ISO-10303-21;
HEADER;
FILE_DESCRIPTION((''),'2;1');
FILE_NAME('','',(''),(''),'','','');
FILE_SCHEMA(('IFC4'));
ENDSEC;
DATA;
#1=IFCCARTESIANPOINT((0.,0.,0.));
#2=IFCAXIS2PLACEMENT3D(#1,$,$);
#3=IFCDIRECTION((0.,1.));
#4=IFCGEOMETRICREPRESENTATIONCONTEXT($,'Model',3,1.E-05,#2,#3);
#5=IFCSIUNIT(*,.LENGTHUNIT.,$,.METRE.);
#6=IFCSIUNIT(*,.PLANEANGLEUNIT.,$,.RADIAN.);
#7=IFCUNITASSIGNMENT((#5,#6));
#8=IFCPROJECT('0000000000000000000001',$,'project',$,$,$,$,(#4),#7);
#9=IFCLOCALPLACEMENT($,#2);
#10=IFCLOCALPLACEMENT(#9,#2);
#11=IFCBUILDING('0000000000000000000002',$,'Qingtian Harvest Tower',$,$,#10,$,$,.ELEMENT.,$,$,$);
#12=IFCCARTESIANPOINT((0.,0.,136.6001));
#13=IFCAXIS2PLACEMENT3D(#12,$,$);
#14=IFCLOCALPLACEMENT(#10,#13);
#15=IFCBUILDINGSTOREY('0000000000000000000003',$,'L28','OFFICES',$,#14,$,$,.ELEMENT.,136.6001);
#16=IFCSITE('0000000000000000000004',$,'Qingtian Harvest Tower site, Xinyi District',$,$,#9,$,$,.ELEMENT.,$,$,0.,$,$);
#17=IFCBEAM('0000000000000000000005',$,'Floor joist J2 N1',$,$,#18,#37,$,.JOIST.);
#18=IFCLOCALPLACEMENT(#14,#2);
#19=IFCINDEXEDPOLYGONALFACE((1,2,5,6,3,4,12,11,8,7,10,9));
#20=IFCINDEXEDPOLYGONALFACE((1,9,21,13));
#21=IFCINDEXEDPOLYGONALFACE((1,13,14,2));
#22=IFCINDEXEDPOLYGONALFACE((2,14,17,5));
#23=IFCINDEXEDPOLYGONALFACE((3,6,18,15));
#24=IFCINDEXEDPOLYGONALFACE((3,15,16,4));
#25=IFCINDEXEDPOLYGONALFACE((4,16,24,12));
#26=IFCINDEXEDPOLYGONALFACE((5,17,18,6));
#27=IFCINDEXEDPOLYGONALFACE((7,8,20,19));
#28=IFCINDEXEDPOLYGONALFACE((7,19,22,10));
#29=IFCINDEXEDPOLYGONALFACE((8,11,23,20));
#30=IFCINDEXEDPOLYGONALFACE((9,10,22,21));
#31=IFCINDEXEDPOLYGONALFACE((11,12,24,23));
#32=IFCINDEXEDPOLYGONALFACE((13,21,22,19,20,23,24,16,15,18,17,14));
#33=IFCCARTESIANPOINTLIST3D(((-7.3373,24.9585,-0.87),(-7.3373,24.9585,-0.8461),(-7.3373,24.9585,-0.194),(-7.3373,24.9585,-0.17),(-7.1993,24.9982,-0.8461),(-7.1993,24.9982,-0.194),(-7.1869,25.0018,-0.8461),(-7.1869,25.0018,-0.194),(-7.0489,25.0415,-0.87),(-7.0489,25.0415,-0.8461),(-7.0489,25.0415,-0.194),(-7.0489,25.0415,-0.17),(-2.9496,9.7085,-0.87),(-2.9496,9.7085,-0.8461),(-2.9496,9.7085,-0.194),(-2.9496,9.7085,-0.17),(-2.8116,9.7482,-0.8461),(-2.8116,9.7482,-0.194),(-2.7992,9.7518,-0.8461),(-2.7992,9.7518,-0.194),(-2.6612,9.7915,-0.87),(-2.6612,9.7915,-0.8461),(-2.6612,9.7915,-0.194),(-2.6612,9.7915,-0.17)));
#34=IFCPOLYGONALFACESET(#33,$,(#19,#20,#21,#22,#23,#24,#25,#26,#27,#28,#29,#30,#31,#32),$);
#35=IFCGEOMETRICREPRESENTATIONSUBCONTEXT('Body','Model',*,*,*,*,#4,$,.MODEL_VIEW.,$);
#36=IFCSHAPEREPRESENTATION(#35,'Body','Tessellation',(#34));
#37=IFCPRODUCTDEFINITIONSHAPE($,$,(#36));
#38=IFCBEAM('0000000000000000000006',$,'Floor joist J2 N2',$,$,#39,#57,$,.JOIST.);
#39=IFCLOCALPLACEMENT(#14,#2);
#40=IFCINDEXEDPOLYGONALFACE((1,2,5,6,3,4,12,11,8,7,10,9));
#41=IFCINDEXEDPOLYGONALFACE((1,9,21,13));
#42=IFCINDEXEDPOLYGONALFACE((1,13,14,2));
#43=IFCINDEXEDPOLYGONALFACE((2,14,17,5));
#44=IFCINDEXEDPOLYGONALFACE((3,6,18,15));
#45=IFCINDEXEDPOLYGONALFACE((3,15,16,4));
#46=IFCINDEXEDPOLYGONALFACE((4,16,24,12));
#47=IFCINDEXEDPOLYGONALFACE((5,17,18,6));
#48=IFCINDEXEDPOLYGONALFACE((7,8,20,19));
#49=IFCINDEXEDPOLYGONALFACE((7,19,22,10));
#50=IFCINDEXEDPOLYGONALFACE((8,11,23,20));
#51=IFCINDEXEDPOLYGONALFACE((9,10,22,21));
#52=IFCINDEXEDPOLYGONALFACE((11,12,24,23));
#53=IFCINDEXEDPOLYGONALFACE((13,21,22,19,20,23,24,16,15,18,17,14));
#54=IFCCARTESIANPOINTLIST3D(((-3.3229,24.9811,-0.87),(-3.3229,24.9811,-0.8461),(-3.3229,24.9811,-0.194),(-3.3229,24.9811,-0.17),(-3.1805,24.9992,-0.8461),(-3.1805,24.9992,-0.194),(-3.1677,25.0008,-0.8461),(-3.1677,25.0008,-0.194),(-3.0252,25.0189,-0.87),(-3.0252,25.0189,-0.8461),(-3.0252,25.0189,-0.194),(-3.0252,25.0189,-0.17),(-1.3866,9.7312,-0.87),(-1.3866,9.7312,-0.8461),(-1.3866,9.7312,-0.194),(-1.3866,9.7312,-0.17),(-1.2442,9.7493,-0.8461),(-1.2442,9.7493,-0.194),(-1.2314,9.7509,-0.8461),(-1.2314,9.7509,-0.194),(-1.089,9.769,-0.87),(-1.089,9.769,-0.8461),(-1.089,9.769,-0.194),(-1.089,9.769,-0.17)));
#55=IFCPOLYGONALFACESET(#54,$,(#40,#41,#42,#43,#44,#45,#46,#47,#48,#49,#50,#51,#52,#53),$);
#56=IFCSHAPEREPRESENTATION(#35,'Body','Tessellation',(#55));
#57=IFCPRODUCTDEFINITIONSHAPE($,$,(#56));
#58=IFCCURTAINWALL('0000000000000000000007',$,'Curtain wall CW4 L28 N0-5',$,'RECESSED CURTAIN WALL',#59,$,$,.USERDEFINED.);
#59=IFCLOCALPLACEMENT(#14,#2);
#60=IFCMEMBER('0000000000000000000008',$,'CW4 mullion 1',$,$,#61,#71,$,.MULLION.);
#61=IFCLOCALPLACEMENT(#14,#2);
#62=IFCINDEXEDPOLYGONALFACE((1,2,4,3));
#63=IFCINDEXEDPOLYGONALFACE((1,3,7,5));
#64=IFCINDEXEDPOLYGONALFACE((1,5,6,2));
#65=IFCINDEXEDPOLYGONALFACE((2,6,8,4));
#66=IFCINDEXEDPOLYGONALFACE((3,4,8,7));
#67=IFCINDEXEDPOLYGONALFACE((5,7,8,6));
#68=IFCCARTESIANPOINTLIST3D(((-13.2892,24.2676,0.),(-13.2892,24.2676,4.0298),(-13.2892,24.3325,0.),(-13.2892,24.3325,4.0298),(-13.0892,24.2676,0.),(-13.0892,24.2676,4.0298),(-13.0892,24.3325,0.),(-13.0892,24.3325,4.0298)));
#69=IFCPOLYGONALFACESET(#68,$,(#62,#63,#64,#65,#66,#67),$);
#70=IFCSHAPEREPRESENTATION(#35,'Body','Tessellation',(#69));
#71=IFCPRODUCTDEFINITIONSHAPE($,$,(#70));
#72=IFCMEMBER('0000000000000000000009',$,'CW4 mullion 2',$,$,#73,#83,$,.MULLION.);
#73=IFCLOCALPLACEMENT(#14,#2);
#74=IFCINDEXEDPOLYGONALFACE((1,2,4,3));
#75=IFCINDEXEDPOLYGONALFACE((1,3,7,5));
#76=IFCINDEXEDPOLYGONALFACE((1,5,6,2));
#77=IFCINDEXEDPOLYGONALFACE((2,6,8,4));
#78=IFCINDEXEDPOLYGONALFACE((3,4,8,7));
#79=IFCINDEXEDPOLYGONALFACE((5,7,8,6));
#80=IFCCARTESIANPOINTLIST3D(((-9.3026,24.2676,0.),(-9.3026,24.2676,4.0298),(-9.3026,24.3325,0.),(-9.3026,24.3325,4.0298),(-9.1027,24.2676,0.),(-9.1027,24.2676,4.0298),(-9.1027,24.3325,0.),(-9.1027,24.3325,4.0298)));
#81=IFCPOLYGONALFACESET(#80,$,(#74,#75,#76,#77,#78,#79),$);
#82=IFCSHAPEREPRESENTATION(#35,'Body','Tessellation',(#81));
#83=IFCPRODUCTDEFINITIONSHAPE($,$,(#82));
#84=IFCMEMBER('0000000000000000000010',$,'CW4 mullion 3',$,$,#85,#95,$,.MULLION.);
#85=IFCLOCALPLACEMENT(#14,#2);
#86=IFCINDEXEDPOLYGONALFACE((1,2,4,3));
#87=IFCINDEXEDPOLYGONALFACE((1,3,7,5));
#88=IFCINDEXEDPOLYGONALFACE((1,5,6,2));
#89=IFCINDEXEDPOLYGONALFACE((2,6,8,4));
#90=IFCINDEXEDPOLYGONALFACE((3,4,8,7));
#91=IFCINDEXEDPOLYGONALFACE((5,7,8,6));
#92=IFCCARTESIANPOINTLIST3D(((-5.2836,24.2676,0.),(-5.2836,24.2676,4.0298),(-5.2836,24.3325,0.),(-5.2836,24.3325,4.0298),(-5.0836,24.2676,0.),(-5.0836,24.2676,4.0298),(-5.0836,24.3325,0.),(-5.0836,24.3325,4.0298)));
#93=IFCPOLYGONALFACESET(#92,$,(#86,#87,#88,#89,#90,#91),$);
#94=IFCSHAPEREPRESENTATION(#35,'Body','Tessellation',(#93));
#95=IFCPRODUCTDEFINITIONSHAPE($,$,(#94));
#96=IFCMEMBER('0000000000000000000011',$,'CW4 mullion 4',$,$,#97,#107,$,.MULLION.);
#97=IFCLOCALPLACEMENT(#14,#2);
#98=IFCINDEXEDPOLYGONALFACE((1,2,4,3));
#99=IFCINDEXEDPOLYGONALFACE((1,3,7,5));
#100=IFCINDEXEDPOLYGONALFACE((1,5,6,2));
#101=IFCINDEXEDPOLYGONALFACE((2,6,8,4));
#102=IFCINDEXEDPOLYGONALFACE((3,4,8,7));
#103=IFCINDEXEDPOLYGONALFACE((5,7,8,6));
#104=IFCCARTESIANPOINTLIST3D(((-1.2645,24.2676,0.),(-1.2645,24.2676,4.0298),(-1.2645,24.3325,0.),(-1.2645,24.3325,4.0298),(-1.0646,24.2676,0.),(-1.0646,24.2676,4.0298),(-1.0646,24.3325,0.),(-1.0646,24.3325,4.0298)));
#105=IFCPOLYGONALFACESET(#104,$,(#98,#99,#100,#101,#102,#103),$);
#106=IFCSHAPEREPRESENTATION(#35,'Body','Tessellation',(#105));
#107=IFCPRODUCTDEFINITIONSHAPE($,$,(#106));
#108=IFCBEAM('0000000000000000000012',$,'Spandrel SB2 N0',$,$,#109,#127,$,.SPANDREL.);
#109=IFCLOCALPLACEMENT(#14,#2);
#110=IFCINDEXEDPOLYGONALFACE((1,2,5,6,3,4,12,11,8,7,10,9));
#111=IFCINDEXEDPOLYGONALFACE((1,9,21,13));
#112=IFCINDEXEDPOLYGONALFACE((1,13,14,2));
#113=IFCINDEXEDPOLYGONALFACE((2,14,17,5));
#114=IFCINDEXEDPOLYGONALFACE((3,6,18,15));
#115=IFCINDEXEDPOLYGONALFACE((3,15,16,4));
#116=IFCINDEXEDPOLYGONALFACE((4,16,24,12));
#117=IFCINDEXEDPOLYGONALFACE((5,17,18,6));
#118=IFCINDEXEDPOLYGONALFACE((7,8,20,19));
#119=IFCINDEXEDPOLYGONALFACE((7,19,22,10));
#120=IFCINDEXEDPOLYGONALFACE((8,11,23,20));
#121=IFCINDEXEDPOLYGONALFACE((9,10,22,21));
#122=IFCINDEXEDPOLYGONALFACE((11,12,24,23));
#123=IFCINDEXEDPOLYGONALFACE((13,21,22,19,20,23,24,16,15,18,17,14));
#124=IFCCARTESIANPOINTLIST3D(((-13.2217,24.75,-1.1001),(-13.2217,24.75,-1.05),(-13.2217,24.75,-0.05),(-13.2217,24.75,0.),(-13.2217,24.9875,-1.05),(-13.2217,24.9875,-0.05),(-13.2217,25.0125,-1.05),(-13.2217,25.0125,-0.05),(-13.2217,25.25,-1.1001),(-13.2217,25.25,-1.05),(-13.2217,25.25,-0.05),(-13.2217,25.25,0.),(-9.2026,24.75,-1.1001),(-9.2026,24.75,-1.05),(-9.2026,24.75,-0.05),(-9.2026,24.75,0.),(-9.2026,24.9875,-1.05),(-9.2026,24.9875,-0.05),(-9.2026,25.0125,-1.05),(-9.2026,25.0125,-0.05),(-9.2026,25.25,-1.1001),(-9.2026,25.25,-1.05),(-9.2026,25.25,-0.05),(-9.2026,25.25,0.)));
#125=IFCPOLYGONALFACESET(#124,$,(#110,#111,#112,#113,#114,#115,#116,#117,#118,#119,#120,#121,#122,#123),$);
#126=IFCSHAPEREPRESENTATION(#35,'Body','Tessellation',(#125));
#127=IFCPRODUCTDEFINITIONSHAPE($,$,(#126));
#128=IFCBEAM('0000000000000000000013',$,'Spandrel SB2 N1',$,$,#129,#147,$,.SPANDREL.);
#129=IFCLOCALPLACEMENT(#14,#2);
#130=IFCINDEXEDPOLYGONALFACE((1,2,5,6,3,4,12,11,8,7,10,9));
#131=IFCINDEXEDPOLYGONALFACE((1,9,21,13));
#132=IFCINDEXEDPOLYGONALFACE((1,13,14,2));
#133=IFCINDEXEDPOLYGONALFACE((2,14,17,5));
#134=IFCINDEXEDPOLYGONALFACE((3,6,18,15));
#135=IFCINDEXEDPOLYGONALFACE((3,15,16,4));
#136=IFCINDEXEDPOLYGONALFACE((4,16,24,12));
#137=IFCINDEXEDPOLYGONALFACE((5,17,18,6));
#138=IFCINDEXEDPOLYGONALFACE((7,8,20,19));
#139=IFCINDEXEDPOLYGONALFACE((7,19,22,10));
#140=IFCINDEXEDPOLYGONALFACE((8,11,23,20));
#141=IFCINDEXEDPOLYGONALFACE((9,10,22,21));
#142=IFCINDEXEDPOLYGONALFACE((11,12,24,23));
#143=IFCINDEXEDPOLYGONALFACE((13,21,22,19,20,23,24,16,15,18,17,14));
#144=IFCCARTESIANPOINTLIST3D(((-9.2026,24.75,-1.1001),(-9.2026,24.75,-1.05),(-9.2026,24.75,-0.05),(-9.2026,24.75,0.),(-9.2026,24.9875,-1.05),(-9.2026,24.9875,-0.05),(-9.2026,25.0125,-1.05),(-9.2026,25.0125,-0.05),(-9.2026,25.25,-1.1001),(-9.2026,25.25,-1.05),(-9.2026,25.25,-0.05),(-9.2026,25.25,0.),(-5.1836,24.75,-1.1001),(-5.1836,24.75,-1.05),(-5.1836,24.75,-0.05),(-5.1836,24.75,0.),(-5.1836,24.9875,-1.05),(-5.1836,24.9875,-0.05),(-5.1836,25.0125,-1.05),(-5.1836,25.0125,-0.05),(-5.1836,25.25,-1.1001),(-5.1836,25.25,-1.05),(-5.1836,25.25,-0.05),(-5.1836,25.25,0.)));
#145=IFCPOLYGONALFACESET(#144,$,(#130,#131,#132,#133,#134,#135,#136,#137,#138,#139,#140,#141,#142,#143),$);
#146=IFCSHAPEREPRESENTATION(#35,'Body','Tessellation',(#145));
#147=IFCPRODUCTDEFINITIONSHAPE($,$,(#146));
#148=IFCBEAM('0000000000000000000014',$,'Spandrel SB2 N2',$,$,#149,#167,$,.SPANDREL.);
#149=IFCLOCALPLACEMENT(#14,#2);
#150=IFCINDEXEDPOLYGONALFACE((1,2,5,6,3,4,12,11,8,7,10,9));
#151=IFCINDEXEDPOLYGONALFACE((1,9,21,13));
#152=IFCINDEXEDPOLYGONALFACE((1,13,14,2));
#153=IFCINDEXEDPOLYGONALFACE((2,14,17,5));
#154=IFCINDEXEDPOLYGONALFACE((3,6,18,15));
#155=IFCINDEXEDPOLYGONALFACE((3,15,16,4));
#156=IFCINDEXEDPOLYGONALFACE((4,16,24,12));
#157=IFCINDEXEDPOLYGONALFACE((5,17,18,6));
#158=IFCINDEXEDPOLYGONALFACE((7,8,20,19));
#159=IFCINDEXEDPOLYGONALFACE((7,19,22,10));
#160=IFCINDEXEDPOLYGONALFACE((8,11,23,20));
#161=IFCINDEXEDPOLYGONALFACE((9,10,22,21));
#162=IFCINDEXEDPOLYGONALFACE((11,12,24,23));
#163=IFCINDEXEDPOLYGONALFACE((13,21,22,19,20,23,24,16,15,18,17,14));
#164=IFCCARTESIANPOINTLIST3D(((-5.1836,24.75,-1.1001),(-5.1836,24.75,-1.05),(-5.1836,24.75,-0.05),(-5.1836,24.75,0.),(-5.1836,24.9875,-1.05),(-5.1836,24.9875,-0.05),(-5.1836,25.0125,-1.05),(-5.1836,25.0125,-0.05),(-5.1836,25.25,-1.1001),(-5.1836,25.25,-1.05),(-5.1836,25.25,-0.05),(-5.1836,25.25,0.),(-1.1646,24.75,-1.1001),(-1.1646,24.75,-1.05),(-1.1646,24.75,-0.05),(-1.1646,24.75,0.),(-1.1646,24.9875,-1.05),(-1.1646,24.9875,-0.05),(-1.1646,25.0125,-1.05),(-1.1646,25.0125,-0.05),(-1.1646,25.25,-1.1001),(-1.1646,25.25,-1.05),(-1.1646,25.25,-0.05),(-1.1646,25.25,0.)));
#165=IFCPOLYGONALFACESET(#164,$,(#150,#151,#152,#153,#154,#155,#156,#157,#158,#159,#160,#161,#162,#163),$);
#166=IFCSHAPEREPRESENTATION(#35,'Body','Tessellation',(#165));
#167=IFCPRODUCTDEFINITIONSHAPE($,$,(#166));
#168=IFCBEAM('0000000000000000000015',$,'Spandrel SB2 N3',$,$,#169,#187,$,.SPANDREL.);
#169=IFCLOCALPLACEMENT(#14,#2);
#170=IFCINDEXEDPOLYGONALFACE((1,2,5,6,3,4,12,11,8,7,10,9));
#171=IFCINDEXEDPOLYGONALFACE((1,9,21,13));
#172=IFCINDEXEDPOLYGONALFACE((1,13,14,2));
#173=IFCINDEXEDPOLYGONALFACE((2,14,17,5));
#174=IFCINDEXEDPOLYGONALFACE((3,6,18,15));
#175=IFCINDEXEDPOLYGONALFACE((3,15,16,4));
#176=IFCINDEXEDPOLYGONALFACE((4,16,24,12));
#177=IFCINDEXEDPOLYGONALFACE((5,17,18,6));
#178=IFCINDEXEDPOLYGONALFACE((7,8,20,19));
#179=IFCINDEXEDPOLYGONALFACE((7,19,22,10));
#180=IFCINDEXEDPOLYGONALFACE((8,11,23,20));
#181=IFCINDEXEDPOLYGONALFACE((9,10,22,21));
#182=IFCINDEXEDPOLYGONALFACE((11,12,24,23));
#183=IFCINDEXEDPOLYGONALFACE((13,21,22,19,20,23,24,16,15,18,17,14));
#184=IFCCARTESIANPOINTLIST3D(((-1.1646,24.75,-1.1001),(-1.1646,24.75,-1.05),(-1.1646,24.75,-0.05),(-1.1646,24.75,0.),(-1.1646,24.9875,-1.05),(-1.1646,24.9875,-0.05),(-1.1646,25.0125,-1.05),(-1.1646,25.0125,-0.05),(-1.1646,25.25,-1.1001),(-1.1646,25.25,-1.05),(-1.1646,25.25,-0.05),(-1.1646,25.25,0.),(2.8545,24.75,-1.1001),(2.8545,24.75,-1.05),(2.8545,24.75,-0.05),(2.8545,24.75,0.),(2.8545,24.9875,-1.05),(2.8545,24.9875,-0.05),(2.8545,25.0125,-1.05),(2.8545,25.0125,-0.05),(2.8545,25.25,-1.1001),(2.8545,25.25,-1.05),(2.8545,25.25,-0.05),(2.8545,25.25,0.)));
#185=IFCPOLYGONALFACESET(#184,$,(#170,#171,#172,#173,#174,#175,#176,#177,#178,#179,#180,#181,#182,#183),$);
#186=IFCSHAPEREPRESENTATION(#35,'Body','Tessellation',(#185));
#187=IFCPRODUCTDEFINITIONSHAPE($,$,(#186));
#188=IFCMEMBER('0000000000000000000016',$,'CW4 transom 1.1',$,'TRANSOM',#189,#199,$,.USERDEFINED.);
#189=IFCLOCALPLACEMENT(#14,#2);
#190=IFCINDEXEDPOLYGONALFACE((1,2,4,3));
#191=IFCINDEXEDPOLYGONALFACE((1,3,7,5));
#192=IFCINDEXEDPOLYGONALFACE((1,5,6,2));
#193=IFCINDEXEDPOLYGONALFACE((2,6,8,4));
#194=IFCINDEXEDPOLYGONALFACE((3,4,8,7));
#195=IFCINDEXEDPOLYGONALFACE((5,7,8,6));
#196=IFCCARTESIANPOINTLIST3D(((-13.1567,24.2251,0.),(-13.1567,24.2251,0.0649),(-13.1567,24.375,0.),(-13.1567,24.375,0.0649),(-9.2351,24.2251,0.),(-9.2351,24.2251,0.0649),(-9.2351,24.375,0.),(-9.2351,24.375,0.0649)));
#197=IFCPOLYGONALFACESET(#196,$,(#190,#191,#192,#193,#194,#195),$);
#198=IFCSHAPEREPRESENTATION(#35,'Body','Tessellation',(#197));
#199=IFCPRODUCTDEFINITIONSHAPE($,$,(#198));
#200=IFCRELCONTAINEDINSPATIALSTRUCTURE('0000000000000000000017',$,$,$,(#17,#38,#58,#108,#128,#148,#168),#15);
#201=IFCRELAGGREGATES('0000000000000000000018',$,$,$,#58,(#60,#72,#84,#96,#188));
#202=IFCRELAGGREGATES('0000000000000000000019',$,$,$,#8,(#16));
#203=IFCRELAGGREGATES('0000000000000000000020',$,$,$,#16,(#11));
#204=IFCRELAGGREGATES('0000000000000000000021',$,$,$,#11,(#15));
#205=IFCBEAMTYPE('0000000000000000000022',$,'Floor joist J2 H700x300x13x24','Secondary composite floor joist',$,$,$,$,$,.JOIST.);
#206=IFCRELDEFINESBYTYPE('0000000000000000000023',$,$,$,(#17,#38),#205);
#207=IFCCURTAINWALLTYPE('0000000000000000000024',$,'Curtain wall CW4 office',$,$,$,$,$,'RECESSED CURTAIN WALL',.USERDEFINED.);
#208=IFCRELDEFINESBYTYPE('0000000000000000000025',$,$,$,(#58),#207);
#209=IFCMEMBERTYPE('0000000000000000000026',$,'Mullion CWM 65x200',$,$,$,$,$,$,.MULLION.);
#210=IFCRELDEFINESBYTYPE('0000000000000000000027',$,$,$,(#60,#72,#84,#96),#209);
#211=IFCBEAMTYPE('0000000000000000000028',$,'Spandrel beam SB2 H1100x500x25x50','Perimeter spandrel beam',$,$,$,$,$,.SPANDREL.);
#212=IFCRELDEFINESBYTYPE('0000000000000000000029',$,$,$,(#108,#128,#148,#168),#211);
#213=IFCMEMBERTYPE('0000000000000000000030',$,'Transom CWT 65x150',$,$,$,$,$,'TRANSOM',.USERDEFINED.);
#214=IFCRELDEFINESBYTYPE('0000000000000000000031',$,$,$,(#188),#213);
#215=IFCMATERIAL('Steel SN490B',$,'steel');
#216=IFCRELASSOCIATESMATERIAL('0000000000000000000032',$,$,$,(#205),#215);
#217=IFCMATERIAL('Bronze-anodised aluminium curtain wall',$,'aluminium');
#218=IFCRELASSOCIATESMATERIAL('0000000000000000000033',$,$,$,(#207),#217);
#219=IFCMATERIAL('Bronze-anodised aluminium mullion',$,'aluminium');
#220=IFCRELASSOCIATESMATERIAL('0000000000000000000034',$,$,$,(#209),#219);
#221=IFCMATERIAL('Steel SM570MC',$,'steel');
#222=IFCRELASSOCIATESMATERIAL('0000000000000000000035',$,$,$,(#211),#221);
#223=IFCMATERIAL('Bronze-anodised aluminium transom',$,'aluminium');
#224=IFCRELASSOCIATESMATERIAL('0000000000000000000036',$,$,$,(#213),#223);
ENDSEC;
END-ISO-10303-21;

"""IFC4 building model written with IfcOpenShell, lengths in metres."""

from ifc_helpers import new_model, si_unit, direction, frame, origin, origin_2d, place, context, subcontext, project, spatial, rectangle, i_section, extrude, material, material_profile, profile_set, type_object, element, aggregate, save


model = new_model("IFC4")

# Units and contexts
model_context = context("Model", 3, precision=1e-05, world=origin(), true_north=direction((0.0, 1.0)))
body_context = subcontext(model_context, "Body", "Model", "MODEL_VIEW")
ifc_project = project(units=[si_unit("LENGTHUNIT", "METRE"), si_unit("PLANEANGLEUNIT", "RADIAN")], contexts=[model_context])

# Site, building, storey
site_placement = place(None, origin())
site = spatial("IfcSite", under=ifc_project, at=site_placement, Name="Qingtian Harvest Tower site, Xinyi District", CompositionType="ELEMENT", RefElevation=0.0)
building_placement = place(site_placement, origin())
building = spatial("IfcBuilding", under=site, at=building_placement, Name="Qingtian Harvest Tower", CompositionType="ELEMENT")
storey_placement = place(building_placement, frame((0.0, 0.0, 136.6001)))
storey = spatial("IfcBuildingStorey", under=building, at=storey_placement, Name="L28", Description="OFFICES", CompositionType="ELEMENT", Elevation=136.6001)

# Beams
ifc_material_1 = material(Name="Steel SN490B", Category="steel")
ifc_material_profile_1 = material_profile(ifc_material_1, i_section(OverallWidth=0.3, OverallDepth=0.7, WebThickness=0.0129, FlangeThickness=0.0239, at=origin_2d()), Name="H700x300x13x24")
ifc_profile_set_1 = profile_set([ifc_material_profile_1], Name="Steel SN490B")
beam_type_1 = type_object("IfcBeamType", Name="Floor joist J2 H700x300x13x24", Description="Secondary composite floor joist", PredefinedType="JOIST", material=ifc_profile_set_1)
beam_1_placement = place(storey_placement, frame((-7.1931, 25.0, -0.52), z_axis=(0.276501, -0.961014, 0.0), x_axis=(0.961014, 0.276501, 0.0)))
element("IfcBeam", 1, at=beam_1_placement, inside=storey, type_object=beam_type_1, Name="Floor joist J2 N1", PredefinedType="JOIST", context=body_context, shape_type="SweptSolid", body=[
    extrude(i_section(OverallWidth=0.3, OverallDepth=0.7, WebThickness=0.0129, FlangeThickness=0.0239, at=origin_2d()), origin(), (0.0, 0.0, 1.0), 15.8687),
])
beam_2_placement = place(storey_placement, frame((-3.1741, 25.0, -0.52), z_axis=(0.125958, -0.992036, 0.0), x_axis=(0.992036, 0.125958, 0.0)))
element("IfcBeam", 2, at=beam_2_placement, inside=storey, type_object=beam_type_1, Name="Floor joist J2 N2", PredefinedType="JOIST", context=body_context, shape_type="SweptSolid", body=[
    extrude(i_section(OverallWidth=0.3, OverallDepth=0.7, WebThickness=0.0129, FlangeThickness=0.0239, at=origin_2d()), origin(), (0.0, 0.0, 1.0), 15.3723),
])

# Curtain wall, members
ifc_material_2 = material(Name="Bronze-anodised aluminium curtain wall", Category="aluminium")
curtain_wall_type = type_object("IfcCurtainWallType", Name="Curtain wall CW4 office", ElementType="RECESSED CURTAIN WALL", PredefinedType="USERDEFINED", material=ifc_material_2)
curtain_wall_placement = place(storey_placement, origin())
curtain_wall = element("IfcCurtainWall", 3, at=curtain_wall_placement, inside=storey, type_object=curtain_wall_type, Name="Curtain wall CW4 L28 N0-5", ObjectType="RECESSED CURTAIN WALL", PredefinedType="USERDEFINED")
ifc_material_3 = material(Name="Bronze-anodised aluminium mullion", Category="aluminium")
ifc_material_profile_2 = material_profile(ifc_material_3, rectangle(XDim=0.0649, YDim=0.2, at=origin_2d()), Name="AL 65x200")
ifc_profile_set_2 = profile_set([ifc_material_profile_2], Name="Bronze-anodised aluminium mullion")
member_type_1 = type_object("IfcMemberType", Name="Mullion CWM 65x200", PredefinedType="MULLION", material=ifc_profile_set_2)
member_1_placement = place(storey_placement, frame((-13.1892, 24.3, 0.0), z_axis=(0.0, 0.0, 1.0), x_axis=(0.0, 1.0, 0.0)))
member_1 = element("IfcMember", 4, at=member_1_placement, type_object=member_type_1, Name="CW4 mullion 1", PredefinedType="MULLION", context=body_context, shape_type="SweptSolid", body=[
    extrude(rectangle(XDim=0.0649, YDim=0.2, at=origin_2d()), origin(), (0.0, 0.0, 1.0), 4.0298),
])
member_2_placement = place(storey_placement, frame((-9.2026, 24.3, 0.0), z_axis=(0.0, 0.0, 1.0), x_axis=(0.0, 1.0, 0.0)))
member_2 = element("IfcMember", 5, at=member_2_placement, type_object=member_type_1, Name="CW4 mullion 2", PredefinedType="MULLION", context=body_context, shape_type="SweptSolid", body=[
    extrude(rectangle(XDim=0.0649, YDim=0.2, at=origin_2d()), origin(), (0.0, 0.0, 1.0), 4.0298),
])
member_3_placement = place(storey_placement, frame((-5.1836, 24.3, 0.0), z_axis=(0.0, 0.0, 1.0), x_axis=(0.0, 1.0, 0.0)))
member_3 = element("IfcMember", 6, at=member_3_placement, type_object=member_type_1, Name="CW4 mullion 3", PredefinedType="MULLION", context=body_context, shape_type="SweptSolid", body=[
    extrude(rectangle(XDim=0.0649, YDim=0.2, at=origin_2d()), origin(), (0.0, 0.0, 1.0), 4.0298),
])
member_4_placement = place(storey_placement, frame((-1.1646, 24.3, 0.0), z_axis=(0.0, 0.0, 1.0), x_axis=(0.0, 1.0, 0.0)))
member_4 = element("IfcMember", 7, at=member_4_placement, type_object=member_type_1, Name="CW4 mullion 4", PredefinedType="MULLION", context=body_context, shape_type="SweptSolid", body=[
    extrude(rectangle(XDim=0.0649, YDim=0.2, at=origin_2d()), origin(), (0.0, 0.0, 1.0), 4.0298),
])

# Beams
ifc_material_4 = material(Name="Steel SM570MC", Category="steel")
ifc_material_profile_3 = material_profile(ifc_material_4, i_section(OverallWidth=0.5, OverallDepth=1.1001, WebThickness=0.0249, FlangeThickness=0.05, at=origin_2d()), Name="H1100x500x25x50")
ifc_profile_set_3 = profile_set([ifc_material_profile_3], Name="Steel SM570MC")
beam_type_2 = type_object("IfcBeamType", Name="Spandrel beam SB2 H1100x500x25x50", Description="Perimeter spandrel beam", PredefinedType="SPANDREL", material=ifc_profile_set_3)
for number, where, z_axis, x_axis, name in (
    (8, (-13.2217, 25.0, -0.55), (1.0, 0.0, 0.0), (0.0, 1.0, 0.0), "Spandrel SB2 N0"),
    (9, (-9.2026, 25.0, -0.55), (1.0, 0.0, 0.0), (0.0, 1.0, 0.0), "Spandrel SB2 N1"),
    (10, (-5.1836, 25.0, -0.55), (1.0, 0.0, 0.0), (0.0, 1.0, 0.0), "Spandrel SB2 N2"),
    (11, (-1.1646, 25.0, -0.55), (1.0, 0.0, 0.0), (0.0, 1.0, 0.0), "Spandrel SB2 N3"),
):
    element("IfcBeam", number, at=place(storey_placement, frame(where, z_axis=z_axis, x_axis=x_axis)), inside=storey, type_object=beam_type_2, Name=name, PredefinedType="SPANDREL", context=body_context, shape_type="SweptSolid", body=[
        extrude(i_section(OverallWidth=0.5, OverallDepth=1.1001, WebThickness=0.0249, FlangeThickness=0.05, at=origin_2d()), origin(), (0.0, 0.0, 1.0), 4.019),
    ])

# Member
ifc_material_5 = material(Name="Bronze-anodised aluminium transom", Category="aluminium")
ifc_material_profile_4 = material_profile(ifc_material_5, rectangle(XDim=0.1499, YDim=0.0649, at=origin_2d()), Name="AL 65x150")
ifc_profile_set_4 = profile_set([ifc_material_profile_4], Name="Bronze-anodised aluminium transom")
member_type_2 = type_object("IfcMemberType", Name="Transom CWT 65x150", ElementType="TRANSOM", PredefinedType="USERDEFINED", material=ifc_profile_set_4)
member_5_placement = place(storey_placement, frame((-13.1567, 24.3, 0.0325), z_axis=(1.0, 0.0, 0.0), x_axis=(0.0, 1.0, 0.0)))
member_5 = element("IfcMember", 12, at=member_5_placement, type_object=member_type_2, Name="CW4 transom 1.1", ObjectType="TRANSOM", PredefinedType="USERDEFINED", context=body_context, shape_type="SweptSolid", body=[
    extrude(rectangle(XDim=0.1499, YDim=0.0649, at=origin_2d()), origin(), (0.0, 0.0, 1.0), 3.9216),
])

aggregate(curtain_wall, [member_1, member_2, member_3, member_4, member_5])

save(model, "model.ifc")
